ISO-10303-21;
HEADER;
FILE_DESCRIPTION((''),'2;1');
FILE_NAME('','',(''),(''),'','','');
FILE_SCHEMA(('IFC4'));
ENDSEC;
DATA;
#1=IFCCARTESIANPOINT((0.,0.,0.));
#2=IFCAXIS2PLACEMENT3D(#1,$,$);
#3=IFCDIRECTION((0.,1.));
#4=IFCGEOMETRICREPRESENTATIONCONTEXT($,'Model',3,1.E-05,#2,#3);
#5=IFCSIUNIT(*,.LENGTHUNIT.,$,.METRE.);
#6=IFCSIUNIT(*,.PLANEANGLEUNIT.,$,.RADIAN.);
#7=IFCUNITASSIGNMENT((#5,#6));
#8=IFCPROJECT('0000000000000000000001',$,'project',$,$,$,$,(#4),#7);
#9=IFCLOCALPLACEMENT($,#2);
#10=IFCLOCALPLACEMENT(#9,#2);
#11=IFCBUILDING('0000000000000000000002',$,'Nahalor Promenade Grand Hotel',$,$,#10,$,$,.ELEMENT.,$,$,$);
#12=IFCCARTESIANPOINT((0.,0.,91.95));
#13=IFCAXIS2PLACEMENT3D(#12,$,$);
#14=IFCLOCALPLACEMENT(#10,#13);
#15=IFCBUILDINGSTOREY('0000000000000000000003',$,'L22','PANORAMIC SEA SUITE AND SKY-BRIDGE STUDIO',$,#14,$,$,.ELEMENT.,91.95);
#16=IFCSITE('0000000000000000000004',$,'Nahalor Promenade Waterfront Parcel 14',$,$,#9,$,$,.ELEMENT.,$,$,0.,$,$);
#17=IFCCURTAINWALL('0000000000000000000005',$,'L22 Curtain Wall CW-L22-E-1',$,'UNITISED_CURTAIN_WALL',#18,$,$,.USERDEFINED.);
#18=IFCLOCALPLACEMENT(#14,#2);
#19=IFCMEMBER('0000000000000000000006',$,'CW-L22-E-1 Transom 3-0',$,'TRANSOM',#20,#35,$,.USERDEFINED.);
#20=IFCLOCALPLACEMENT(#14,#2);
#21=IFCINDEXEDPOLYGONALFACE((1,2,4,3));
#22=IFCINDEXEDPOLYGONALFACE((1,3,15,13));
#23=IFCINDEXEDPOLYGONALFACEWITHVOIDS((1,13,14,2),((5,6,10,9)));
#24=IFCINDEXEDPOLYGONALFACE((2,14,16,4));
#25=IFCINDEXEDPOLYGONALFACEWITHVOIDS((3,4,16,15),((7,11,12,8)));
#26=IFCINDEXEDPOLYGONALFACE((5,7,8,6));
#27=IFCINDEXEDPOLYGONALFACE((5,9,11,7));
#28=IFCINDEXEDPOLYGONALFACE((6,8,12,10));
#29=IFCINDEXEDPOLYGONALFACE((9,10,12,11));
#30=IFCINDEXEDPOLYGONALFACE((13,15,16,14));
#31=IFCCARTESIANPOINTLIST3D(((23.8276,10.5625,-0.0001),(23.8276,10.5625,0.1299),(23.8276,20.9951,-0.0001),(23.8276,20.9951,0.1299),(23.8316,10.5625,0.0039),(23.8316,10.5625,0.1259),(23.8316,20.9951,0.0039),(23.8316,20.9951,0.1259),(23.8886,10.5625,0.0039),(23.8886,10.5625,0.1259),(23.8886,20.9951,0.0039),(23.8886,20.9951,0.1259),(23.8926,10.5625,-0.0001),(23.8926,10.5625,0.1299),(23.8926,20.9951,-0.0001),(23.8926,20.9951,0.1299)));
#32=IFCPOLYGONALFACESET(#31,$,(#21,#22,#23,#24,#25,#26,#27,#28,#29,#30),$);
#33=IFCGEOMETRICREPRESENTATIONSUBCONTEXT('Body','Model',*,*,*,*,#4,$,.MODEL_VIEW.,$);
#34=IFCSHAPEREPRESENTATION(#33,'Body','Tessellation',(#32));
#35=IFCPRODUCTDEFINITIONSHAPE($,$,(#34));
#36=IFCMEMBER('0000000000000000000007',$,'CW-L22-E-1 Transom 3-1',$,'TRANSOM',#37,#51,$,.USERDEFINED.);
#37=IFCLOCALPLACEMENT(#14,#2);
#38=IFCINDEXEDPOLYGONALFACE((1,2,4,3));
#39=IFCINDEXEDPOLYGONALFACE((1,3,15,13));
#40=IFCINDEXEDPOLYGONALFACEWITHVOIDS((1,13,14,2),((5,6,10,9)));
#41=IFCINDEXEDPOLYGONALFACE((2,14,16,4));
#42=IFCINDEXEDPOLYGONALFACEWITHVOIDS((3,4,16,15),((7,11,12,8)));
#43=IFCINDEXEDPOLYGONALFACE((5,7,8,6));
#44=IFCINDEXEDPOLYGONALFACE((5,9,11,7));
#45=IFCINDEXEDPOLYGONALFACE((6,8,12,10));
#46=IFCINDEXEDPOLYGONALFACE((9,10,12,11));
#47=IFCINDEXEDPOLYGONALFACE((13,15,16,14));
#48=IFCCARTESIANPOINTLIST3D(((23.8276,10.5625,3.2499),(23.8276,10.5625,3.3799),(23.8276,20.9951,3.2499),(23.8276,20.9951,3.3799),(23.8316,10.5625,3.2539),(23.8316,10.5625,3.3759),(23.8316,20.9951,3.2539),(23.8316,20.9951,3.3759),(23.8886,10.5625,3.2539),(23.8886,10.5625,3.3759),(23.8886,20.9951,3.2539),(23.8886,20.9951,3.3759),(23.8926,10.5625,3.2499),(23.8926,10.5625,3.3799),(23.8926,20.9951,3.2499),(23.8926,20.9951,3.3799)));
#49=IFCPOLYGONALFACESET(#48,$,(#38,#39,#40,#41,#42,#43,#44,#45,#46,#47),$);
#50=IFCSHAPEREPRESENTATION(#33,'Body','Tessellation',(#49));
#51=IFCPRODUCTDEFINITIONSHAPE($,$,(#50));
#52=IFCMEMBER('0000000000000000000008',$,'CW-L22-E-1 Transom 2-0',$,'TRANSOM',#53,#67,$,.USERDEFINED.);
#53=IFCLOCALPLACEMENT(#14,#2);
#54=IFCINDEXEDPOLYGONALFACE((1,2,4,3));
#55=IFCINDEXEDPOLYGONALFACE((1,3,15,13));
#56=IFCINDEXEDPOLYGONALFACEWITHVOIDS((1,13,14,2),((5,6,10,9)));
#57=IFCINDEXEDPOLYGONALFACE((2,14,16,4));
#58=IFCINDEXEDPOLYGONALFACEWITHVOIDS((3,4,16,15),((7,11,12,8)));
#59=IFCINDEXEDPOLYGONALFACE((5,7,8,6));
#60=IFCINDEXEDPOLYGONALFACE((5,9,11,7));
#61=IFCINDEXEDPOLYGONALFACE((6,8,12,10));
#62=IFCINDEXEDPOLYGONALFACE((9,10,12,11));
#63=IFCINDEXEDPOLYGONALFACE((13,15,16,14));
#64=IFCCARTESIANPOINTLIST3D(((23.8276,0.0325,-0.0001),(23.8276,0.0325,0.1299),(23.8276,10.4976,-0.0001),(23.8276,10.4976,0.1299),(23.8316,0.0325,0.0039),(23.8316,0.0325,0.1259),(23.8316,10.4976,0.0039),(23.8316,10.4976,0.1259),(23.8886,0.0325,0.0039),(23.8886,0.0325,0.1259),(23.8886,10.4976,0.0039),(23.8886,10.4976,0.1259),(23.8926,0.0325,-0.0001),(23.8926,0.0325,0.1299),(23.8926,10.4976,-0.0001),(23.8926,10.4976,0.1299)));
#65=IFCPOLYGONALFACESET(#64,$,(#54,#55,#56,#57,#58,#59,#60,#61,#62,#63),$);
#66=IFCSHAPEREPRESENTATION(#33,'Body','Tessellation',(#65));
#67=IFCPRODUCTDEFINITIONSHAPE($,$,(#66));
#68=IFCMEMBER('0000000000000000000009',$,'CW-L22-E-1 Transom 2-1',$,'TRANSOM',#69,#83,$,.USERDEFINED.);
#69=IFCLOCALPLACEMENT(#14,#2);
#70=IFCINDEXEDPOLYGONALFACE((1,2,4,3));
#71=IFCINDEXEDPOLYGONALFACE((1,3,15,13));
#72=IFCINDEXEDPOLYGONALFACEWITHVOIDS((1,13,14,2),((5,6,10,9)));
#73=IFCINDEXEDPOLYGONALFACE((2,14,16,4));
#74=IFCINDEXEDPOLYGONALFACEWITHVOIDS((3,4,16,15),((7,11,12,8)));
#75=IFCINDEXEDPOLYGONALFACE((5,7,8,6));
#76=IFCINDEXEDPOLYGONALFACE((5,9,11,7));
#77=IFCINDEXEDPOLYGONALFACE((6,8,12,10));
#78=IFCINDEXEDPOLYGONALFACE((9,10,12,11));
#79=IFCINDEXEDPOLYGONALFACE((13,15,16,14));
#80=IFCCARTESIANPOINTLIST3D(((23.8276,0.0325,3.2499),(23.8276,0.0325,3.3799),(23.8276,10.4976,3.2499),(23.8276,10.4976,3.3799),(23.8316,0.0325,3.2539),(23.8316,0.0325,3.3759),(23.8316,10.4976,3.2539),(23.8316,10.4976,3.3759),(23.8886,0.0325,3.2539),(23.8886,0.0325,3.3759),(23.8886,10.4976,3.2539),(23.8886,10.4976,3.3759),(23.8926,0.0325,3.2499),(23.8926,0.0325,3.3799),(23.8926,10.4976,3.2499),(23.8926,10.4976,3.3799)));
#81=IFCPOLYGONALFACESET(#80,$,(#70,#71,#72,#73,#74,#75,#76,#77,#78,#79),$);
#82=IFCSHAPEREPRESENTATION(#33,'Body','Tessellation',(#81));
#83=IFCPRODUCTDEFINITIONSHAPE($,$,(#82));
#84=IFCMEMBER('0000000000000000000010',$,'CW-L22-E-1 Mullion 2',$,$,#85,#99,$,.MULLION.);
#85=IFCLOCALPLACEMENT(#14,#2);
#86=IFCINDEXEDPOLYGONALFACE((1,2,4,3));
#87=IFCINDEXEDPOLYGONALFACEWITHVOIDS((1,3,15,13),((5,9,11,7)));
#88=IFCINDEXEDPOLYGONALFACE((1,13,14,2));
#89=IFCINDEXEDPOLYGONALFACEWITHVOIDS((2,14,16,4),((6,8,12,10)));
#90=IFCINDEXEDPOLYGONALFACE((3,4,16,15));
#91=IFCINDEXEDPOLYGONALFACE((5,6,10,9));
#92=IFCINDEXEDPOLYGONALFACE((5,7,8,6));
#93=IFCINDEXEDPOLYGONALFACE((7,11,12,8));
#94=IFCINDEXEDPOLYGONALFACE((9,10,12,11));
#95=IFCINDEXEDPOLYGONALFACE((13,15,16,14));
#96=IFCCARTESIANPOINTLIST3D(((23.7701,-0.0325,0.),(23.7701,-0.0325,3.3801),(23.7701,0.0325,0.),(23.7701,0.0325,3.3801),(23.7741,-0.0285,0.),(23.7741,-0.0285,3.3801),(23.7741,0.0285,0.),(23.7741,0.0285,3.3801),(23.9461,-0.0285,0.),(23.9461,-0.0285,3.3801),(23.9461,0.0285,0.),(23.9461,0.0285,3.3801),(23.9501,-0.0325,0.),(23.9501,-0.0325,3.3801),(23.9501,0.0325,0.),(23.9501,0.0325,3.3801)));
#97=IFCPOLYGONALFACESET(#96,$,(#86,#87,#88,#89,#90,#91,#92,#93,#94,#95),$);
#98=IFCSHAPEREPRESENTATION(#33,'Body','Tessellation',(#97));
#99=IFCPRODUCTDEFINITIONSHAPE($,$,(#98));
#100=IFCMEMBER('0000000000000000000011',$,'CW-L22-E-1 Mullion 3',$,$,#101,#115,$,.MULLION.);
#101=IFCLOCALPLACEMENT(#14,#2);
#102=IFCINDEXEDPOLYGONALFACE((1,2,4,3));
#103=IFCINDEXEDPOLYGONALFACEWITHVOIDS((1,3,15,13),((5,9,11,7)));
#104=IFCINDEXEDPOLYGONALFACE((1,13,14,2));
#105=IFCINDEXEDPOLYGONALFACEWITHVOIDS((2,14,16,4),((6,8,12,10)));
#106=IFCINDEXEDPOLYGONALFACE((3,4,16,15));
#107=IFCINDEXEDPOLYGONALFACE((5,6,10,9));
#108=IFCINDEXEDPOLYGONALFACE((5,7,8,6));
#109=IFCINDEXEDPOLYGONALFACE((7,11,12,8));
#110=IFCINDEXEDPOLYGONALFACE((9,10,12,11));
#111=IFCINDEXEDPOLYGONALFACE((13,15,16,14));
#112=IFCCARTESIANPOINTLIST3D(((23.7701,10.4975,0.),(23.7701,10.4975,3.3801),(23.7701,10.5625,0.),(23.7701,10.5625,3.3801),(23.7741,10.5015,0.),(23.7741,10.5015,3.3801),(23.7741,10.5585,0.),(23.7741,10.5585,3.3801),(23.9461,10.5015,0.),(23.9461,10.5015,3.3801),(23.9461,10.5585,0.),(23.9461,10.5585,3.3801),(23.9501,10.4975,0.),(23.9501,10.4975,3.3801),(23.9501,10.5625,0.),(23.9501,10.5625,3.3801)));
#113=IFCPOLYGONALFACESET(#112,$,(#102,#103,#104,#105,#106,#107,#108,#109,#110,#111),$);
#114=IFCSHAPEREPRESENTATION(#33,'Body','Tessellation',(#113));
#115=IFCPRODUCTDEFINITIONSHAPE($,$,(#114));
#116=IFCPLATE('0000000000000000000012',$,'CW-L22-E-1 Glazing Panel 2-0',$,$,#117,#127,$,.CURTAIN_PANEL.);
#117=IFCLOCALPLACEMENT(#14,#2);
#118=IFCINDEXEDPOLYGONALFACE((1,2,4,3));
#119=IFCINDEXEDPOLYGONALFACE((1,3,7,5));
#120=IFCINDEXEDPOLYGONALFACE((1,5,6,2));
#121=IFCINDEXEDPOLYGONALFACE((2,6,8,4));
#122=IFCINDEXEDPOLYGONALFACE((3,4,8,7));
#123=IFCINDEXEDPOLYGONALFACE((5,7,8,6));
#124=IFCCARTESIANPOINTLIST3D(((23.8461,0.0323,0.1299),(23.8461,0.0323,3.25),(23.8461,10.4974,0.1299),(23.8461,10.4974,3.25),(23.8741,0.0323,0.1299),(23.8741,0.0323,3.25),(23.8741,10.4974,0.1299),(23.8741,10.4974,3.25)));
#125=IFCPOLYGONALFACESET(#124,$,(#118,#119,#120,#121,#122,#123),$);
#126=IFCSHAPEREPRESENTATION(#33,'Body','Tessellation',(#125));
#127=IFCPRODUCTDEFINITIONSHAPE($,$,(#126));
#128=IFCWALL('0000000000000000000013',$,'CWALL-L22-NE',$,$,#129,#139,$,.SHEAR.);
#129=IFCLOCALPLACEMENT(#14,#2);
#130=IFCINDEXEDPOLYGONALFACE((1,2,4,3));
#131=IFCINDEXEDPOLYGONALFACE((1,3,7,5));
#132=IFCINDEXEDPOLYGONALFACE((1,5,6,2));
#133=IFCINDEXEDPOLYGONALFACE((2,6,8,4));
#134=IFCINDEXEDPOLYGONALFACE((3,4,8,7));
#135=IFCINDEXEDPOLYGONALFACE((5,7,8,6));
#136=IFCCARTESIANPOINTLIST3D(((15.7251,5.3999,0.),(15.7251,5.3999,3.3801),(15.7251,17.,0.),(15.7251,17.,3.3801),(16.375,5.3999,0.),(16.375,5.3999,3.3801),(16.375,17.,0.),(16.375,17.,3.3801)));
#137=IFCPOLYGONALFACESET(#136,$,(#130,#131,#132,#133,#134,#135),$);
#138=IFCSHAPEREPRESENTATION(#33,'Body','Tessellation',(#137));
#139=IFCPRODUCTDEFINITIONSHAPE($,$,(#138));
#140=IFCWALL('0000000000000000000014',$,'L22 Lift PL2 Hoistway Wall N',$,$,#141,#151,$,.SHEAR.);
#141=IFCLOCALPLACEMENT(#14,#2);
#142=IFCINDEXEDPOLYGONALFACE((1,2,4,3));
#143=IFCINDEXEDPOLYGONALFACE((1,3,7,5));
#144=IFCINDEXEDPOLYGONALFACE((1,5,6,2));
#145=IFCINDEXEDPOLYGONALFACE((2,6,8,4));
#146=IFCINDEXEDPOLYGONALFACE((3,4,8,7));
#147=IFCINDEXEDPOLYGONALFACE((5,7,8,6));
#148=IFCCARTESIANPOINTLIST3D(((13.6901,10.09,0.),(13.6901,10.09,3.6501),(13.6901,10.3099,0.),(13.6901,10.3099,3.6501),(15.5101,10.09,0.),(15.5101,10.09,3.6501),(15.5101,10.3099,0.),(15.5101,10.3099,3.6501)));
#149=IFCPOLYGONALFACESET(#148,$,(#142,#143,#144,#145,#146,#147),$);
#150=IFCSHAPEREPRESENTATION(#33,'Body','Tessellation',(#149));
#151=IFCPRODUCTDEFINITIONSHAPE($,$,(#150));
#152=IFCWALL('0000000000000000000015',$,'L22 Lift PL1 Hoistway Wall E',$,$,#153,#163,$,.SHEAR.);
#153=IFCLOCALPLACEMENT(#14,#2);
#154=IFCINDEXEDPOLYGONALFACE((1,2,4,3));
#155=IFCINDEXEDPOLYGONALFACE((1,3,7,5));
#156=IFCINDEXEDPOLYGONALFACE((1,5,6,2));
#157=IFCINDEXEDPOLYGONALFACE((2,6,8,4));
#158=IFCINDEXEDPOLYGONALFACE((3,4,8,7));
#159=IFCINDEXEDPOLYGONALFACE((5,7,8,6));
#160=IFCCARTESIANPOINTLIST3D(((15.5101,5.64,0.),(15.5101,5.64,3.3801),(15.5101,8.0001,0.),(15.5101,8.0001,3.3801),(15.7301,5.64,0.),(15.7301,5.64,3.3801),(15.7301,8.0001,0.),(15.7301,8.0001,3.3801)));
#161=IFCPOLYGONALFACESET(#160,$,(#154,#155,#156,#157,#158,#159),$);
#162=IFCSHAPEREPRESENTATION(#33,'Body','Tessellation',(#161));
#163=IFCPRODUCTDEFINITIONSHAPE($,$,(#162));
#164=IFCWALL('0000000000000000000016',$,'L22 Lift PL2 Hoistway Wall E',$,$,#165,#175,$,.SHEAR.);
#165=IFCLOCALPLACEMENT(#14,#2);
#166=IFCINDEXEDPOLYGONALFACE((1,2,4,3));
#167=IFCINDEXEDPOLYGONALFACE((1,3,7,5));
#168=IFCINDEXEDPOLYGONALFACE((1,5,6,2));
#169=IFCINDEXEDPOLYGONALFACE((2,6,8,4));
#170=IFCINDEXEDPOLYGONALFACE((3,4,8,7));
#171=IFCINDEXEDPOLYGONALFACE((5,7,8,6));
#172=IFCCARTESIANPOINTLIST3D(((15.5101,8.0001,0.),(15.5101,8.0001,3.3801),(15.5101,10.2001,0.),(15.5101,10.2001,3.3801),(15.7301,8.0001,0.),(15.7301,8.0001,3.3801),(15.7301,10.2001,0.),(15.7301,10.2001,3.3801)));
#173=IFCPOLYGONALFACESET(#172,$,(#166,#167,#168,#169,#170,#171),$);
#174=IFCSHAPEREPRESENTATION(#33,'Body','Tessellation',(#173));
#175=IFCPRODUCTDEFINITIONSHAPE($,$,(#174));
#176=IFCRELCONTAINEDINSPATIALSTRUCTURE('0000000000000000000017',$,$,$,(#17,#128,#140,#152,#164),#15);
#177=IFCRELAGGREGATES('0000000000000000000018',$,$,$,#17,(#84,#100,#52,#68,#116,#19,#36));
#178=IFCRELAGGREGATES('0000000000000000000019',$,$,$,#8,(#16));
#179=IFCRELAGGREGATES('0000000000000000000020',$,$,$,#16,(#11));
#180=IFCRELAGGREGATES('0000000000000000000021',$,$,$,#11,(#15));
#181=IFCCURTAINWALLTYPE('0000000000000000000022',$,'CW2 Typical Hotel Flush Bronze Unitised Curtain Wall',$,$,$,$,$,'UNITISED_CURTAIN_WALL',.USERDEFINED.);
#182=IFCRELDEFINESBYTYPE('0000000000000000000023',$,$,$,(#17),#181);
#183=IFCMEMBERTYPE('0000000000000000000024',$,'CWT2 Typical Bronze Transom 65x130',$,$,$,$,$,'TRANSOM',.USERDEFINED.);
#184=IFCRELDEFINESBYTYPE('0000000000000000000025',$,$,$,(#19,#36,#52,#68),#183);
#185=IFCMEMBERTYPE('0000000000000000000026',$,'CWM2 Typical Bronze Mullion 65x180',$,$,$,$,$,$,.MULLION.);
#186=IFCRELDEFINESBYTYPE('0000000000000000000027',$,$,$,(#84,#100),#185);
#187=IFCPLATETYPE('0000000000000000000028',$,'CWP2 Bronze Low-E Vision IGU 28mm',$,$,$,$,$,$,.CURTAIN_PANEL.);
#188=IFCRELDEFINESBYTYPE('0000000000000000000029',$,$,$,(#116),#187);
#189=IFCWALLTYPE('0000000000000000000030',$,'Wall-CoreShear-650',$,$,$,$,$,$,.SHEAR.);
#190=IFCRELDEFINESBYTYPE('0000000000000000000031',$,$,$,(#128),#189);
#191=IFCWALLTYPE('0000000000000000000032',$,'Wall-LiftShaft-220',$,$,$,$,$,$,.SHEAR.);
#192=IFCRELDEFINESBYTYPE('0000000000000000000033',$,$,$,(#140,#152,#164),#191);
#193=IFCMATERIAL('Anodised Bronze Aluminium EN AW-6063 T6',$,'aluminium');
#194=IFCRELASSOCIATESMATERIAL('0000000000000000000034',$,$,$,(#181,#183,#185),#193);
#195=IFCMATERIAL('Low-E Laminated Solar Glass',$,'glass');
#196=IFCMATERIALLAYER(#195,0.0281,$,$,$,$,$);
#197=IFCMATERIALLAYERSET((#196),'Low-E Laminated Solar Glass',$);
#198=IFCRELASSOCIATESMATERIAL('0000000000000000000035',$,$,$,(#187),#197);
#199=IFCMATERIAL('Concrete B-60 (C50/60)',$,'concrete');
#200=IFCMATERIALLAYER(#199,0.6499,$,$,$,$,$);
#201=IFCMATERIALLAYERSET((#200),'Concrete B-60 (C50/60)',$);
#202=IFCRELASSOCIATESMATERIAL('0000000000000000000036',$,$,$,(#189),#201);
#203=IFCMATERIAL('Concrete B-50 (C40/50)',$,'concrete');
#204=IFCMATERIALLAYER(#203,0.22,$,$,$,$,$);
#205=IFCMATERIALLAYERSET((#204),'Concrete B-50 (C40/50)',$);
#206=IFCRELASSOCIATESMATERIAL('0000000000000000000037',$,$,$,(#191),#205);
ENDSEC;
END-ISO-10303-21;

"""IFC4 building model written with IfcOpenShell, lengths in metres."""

from ifc_helpers import new_model, si_unit, direction, frame, frame_2d, origin, origin_2d, place, context, subcontext, project, spatial, rectangle, hollow_rectangle, extrude, source, transform, mapped, material, layer, layer_set, material_profile, profile_set, type_object, element, aggregate, save


model = new_model("IFC4")

# Units and contexts
model_context = context("Model", 3, precision=1e-05, world=origin(), true_north=direction((0.0, 1.0)))
body_context = subcontext(model_context, "Body", "Model", "MODEL_VIEW")
ifc_project = project(units=[si_unit("LENGTHUNIT", "METRE"), si_unit("PLANEANGLEUNIT", "RADIAN")], contexts=[model_context])

# Site, building, storey
site_placement = place(None, origin())
site = spatial("IfcSite", under=ifc_project, at=site_placement, Name="Nahalor Promenade Waterfront Parcel 14", CompositionType="ELEMENT", RefElevation=0.0)
building_placement = place(site_placement, origin())
building = spatial("IfcBuilding", under=site, at=building_placement, Name="Nahalor Promenade Grand Hotel", CompositionType="ELEMENT")
storey_placement = place(building_placement, frame((0.0, 0.0, 91.95)))
storey = spatial("IfcBuildingStorey", under=building, at=storey_placement, Name="L22", Description="PANORAMIC SEA SUITE AND SKY-BRIDGE STUDIO", CompositionType="ELEMENT", Elevation=91.95)

# Curtain wall, members, plate
ifc_material_1 = material(Name="Anodised Bronze Aluminium EN AW-6063 T6", Category="aluminium")
curtain_wall_type = type_object("IfcCurtainWallType", Name="CW2 Typical Hotel Flush Bronze Unitised Curtain Wall", ElementType="UNITISED_CURTAIN_WALL", PredefinedType="USERDEFINED", material=ifc_material_1)
curtain_wall_placement = place(storey_placement, origin())
curtain_wall = element("IfcCurtainWall", 1, at=curtain_wall_placement, inside=storey, type_object=curtain_wall_type, Name="L22 Curtain Wall CW-L22-E-1", ObjectType="UNITISED_CURTAIN_WALL", PredefinedType="USERDEFINED")
ifc_material_profile_1 = material_profile(ifc_material_1, hollow_rectangle(XDim=0.065, YDim=0.13, WallThickness=0.004, at=origin_2d()), Name="CWT 65x130x4")
ifc_profile_set_1 = profile_set([ifc_material_profile_1], Name="Anodised Bronze Aluminium EN AW-6063 T6")
member_type_1 = type_object("IfcMemberType", Name="CWT2 Typical Bronze Transom 65x130", ElementType="TRANSOM", PredefinedType="USERDEFINED", material=ifc_profile_set_1)
shared_shape_1 = source(origin(), body_context, "Body", "SweptSolid", [
    extrude(hollow_rectangle(XDim=0.065, YDim=0.13, WallThickness=0.004, at=origin_2d()), origin(), (0.0, 0.0, 1.0), 10.4326),
])
member_1_placement = place(storey_placement, frame((23.8601, 10.5625, 0.0649), z_axis=(0.0, 1.0, 0.0), x_axis=(-1.0, 0.0, 0.0)))
member_1 = element("IfcMember", 2, at=member_1_placement, type_object=member_type_1, Name="CW-L22-E-1 Transom 3-0", ObjectType="TRANSOM", PredefinedType="USERDEFINED", context=body_context, shape_type="MappedRepresentation", body=[
    mapped(shared_shape_1, transform((0.0, 0.0, 0.0), scale=1.0)),
])
member_2_placement = place(storey_placement, frame((23.8601, 10.5625, 3.3149), z_axis=(0.0, 1.0, 0.0), x_axis=(-1.0, 0.0, 0.0)))
member_2 = element("IfcMember", 3, at=member_2_placement, type_object=member_type_1, Name="CW-L22-E-1 Transom 3-1", ObjectType="TRANSOM", PredefinedType="USERDEFINED", context=body_context, shape_type="MappedRepresentation", body=[
    mapped(shared_shape_1, transform((0.0, 0.0, 0.0), scale=1.0)),
])
shared_shape_2 = source(origin(), body_context, "Body", "SweptSolid", [
    extrude(hollow_rectangle(XDim=0.065, YDim=0.13, WallThickness=0.004, at=origin_2d()), origin(), (0.0, 0.0, 1.0), 10.4651),
])
member_3_placement = place(storey_placement, frame((23.8601, 0.0325, 0.0649), z_axis=(0.0, 1.0, 0.0), x_axis=(-1.0, 0.0, 0.0)))
member_3 = element("IfcMember", 4, at=member_3_placement, type_object=member_type_1, Name="CW-L22-E-1 Transom 2-0", ObjectType="TRANSOM", PredefinedType="USERDEFINED", context=body_context, shape_type="MappedRepresentation", body=[
    mapped(shared_shape_2, transform((0.0, 0.0, 0.0), scale=1.0)),
])
member_4_placement = place(storey_placement, frame((23.8601, 0.0325, 3.3149), z_axis=(0.0, 1.0, 0.0), x_axis=(-1.0, 0.0, 0.0)))
member_4 = element("IfcMember", 5, at=member_4_placement, type_object=member_type_1, Name="CW-L22-E-1 Transom 2-1", ObjectType="TRANSOM", PredefinedType="USERDEFINED", context=body_context, shape_type="MappedRepresentation", body=[
    mapped(shared_shape_2, transform((0.0, 0.0, 0.0), scale=1.0)),
])
ifc_material_profile_2 = material_profile(ifc_material_1, hollow_rectangle(XDim=0.065, YDim=0.18, WallThickness=0.004, at=origin_2d()), Name="CWM 65x180x4")
ifc_profile_set_2 = profile_set([ifc_material_profile_2], Name="Anodised Bronze Aluminium EN AW-6063 T6")
member_type_2 = type_object("IfcMemberType", Name="CWM2 Typical Bronze Mullion 65x180", PredefinedType="MULLION", material=ifc_profile_set_2)
shared_shape_3 = source(origin(), body_context, "Body", "SweptSolid", [
    extrude(hollow_rectangle(XDim=0.065, YDim=0.18, WallThickness=0.004, at=origin_2d()), origin(), (0.0, 0.0, 1.0), 3.3801),
])
member_5_placement = place(storey_placement, frame((23.8601, 0.0, 0.0), z_axis=(0.0, 0.0, 1.0), x_axis=(0.0, 1.0, 0.0)))
member_5 = element("IfcMember", 6, at=member_5_placement, type_object=member_type_2, Name="CW-L22-E-1 Mullion 2", PredefinedType="MULLION", context=body_context, shape_type="MappedRepresentation", body=[
    mapped(shared_shape_3, transform((0.0, 0.0, 0.0), scale=1.0)),
])
member_6_placement = place(storey_placement, frame((23.8601, 10.53, 0.0), z_axis=(0.0, 0.0, 1.0), x_axis=(0.0, 1.0, 0.0)))
member_6 = element("IfcMember", 7, at=member_6_placement, type_object=member_type_2, Name="CW-L22-E-1 Mullion 3", PredefinedType="MULLION", context=body_context, shape_type="MappedRepresentation", body=[
    mapped(shared_shape_3, transform((0.0, 0.0, 0.0), scale=1.0)),
])
ifc_material_2 = material(Name="Low-E Laminated Solar Glass", Category="glass")
ifc_layer_1 = layer(ifc_material_2, 0.0281)
ifc_layer_set_1 = layer_set([ifc_layer_1], Name="Low-E Laminated Solar Glass")
plate_type = type_object("IfcPlateType", Name="CWP2 Bronze Low-E Vision IGU 28mm", PredefinedType="CURTAIN_PANEL", material=ifc_layer_set_1)
shared_shape_4 = source(origin(), body_context, "Body", "SweptSolid", [
    extrude(rectangle(XDim=10.4651, YDim=0.0281, at=origin_2d()), origin(), (0.0, 0.0, 1.0), 3.1201),
])
plate_placement = place(storey_placement, frame((23.8601, 5.2649, 0.1299), z_axis=(0.0, 0.0, 1.0), x_axis=(0.0, 1.0, 0.0)))
plate = element("IfcPlate", 8, at=plate_placement, type_object=plate_type, Name="CW-L22-E-1 Glazing Panel 2-0", PredefinedType="CURTAIN_PANEL", context=body_context, shape_type="MappedRepresentation", body=[
    mapped(shared_shape_4, transform((0.0, 0.0, 0.0), scale=1.0)),
])
aggregate(curtain_wall, [member_5, member_6, member_3, member_4, plate, member_1, member_2])

# Walls
ifc_material_3 = material(Name="Concrete B-60 (C50/60)", Category="concrete")
ifc_layer_2 = layer(ifc_material_3, 0.6499)
ifc_layer_set_2 = layer_set([ifc_layer_2], Name="Concrete B-60 (C50/60)")
wall_type_1 = type_object("IfcWallType", Name="Wall-CoreShear-650", PredefinedType="SHEAR", material=ifc_layer_set_2)
shared_shape_5 = source(origin(), body_context, "Body", "SweptSolid", [
    extrude(rectangle(XDim=11.6001, YDim=0.6499, at=frame_2d((5.8, 0.0))), origin(), (0.0, 0.0, 1.0), 3.3801),
])
wall_1_placement = place(storey_placement, frame((16.05, 5.3999, 0.0), z_axis=(0.0, 0.0, 1.0), x_axis=(0.0, 1.0, 0.0)))
element("IfcWall", 9, at=wall_1_placement, inside=storey, type_object=wall_type_1, Name="CWALL-L22-NE", PredefinedType="SHEAR", context=body_context, shape_type="MappedRepresentation", body=[
    mapped(shared_shape_5, transform((0.0, 0.0, 0.0), scale=1.0)),
])
ifc_material_4 = material(Name="Concrete B-50 (C40/50)", Category="concrete")
ifc_layer_3 = layer(ifc_material_4, 0.22)
ifc_layer_set_3 = layer_set([ifc_layer_3], Name="Concrete B-50 (C40/50)")
wall_type_2 = type_object("IfcWallType", Name="Wall-LiftShaft-220", PredefinedType="SHEAR", material=ifc_layer_set_3)
shared_shape_6 = source(origin(), body_context, "Body", "SweptSolid", [
    extrude(rectangle(XDim=1.8201, YDim=0.22, at=frame_2d((0.9102, 0.0))), origin(), (0.0, 0.0, 1.0), 3.6501),
])
wall_2_placement = place(storey_placement, frame((13.6899, 10.2, 0.0), z_axis=(0.0, 0.0, 1.0), x_axis=(1.0, 0.0, 0.0)))
element("IfcWall", 10, at=wall_2_placement, inside=storey, type_object=wall_type_2, Name="L22 Lift PL2 Hoistway Wall N", PredefinedType="SHEAR", context=body_context, shape_type="MappedRepresentation", body=[
    mapped(shared_shape_6, transform((0.0, 0.0, 0.0), scale=1.0)),
])
shared_shape_7 = source(origin(), body_context, "Body", "SweptSolid", [
    extrude(rectangle(XDim=2.3601, YDim=0.22, at=frame_2d((1.1802, 0.0))), origin(), (0.0, 0.0, 1.0), 3.3801),
])
wall_3_placement = place(storey_placement, frame((15.6201, 5.6399, 0.0), z_axis=(0.0, 0.0, 1.0), x_axis=(0.0, 1.0, 0.0)))
element("IfcWall", 11, at=wall_3_placement, inside=storey, type_object=wall_type_2, Name="L22 Lift PL1 Hoistway Wall E", PredefinedType="SHEAR", context=body_context, shape_type="MappedRepresentation", body=[
    mapped(shared_shape_7, transform((0.0, 0.0, 0.0), scale=1.0)),
])
shared_shape_8 = source(origin(), body_context, "Body", "SweptSolid", [
    extrude(rectangle(XDim=2.2, YDim=0.22, at=frame_2d((1.1001, 0.0))), origin(), (0.0, 0.0, 1.0), 3.3801),
])
for number, where, z_axis, x_axis, name in (
    (12, (15.6201, 8.0, 0.0), (0.0, 0.0, 1.0), (0.0, 1.0, 0.0), "L22 Lift PL2 Hoistway Wall E"),
):
    element("IfcWall", number, at=place(storey_placement, frame(where, z_axis=z_axis, x_axis=x_axis)), inside=storey, type_object=wall_type_2, Name=name, PredefinedType="SHEAR", context=body_context, shape_type="MappedRepresentation", body=[
        mapped(shared_shape_8, transform((0.0, 0.0, 0.0), scale=1.0)),
    ])

save(model, "model.ifc")
